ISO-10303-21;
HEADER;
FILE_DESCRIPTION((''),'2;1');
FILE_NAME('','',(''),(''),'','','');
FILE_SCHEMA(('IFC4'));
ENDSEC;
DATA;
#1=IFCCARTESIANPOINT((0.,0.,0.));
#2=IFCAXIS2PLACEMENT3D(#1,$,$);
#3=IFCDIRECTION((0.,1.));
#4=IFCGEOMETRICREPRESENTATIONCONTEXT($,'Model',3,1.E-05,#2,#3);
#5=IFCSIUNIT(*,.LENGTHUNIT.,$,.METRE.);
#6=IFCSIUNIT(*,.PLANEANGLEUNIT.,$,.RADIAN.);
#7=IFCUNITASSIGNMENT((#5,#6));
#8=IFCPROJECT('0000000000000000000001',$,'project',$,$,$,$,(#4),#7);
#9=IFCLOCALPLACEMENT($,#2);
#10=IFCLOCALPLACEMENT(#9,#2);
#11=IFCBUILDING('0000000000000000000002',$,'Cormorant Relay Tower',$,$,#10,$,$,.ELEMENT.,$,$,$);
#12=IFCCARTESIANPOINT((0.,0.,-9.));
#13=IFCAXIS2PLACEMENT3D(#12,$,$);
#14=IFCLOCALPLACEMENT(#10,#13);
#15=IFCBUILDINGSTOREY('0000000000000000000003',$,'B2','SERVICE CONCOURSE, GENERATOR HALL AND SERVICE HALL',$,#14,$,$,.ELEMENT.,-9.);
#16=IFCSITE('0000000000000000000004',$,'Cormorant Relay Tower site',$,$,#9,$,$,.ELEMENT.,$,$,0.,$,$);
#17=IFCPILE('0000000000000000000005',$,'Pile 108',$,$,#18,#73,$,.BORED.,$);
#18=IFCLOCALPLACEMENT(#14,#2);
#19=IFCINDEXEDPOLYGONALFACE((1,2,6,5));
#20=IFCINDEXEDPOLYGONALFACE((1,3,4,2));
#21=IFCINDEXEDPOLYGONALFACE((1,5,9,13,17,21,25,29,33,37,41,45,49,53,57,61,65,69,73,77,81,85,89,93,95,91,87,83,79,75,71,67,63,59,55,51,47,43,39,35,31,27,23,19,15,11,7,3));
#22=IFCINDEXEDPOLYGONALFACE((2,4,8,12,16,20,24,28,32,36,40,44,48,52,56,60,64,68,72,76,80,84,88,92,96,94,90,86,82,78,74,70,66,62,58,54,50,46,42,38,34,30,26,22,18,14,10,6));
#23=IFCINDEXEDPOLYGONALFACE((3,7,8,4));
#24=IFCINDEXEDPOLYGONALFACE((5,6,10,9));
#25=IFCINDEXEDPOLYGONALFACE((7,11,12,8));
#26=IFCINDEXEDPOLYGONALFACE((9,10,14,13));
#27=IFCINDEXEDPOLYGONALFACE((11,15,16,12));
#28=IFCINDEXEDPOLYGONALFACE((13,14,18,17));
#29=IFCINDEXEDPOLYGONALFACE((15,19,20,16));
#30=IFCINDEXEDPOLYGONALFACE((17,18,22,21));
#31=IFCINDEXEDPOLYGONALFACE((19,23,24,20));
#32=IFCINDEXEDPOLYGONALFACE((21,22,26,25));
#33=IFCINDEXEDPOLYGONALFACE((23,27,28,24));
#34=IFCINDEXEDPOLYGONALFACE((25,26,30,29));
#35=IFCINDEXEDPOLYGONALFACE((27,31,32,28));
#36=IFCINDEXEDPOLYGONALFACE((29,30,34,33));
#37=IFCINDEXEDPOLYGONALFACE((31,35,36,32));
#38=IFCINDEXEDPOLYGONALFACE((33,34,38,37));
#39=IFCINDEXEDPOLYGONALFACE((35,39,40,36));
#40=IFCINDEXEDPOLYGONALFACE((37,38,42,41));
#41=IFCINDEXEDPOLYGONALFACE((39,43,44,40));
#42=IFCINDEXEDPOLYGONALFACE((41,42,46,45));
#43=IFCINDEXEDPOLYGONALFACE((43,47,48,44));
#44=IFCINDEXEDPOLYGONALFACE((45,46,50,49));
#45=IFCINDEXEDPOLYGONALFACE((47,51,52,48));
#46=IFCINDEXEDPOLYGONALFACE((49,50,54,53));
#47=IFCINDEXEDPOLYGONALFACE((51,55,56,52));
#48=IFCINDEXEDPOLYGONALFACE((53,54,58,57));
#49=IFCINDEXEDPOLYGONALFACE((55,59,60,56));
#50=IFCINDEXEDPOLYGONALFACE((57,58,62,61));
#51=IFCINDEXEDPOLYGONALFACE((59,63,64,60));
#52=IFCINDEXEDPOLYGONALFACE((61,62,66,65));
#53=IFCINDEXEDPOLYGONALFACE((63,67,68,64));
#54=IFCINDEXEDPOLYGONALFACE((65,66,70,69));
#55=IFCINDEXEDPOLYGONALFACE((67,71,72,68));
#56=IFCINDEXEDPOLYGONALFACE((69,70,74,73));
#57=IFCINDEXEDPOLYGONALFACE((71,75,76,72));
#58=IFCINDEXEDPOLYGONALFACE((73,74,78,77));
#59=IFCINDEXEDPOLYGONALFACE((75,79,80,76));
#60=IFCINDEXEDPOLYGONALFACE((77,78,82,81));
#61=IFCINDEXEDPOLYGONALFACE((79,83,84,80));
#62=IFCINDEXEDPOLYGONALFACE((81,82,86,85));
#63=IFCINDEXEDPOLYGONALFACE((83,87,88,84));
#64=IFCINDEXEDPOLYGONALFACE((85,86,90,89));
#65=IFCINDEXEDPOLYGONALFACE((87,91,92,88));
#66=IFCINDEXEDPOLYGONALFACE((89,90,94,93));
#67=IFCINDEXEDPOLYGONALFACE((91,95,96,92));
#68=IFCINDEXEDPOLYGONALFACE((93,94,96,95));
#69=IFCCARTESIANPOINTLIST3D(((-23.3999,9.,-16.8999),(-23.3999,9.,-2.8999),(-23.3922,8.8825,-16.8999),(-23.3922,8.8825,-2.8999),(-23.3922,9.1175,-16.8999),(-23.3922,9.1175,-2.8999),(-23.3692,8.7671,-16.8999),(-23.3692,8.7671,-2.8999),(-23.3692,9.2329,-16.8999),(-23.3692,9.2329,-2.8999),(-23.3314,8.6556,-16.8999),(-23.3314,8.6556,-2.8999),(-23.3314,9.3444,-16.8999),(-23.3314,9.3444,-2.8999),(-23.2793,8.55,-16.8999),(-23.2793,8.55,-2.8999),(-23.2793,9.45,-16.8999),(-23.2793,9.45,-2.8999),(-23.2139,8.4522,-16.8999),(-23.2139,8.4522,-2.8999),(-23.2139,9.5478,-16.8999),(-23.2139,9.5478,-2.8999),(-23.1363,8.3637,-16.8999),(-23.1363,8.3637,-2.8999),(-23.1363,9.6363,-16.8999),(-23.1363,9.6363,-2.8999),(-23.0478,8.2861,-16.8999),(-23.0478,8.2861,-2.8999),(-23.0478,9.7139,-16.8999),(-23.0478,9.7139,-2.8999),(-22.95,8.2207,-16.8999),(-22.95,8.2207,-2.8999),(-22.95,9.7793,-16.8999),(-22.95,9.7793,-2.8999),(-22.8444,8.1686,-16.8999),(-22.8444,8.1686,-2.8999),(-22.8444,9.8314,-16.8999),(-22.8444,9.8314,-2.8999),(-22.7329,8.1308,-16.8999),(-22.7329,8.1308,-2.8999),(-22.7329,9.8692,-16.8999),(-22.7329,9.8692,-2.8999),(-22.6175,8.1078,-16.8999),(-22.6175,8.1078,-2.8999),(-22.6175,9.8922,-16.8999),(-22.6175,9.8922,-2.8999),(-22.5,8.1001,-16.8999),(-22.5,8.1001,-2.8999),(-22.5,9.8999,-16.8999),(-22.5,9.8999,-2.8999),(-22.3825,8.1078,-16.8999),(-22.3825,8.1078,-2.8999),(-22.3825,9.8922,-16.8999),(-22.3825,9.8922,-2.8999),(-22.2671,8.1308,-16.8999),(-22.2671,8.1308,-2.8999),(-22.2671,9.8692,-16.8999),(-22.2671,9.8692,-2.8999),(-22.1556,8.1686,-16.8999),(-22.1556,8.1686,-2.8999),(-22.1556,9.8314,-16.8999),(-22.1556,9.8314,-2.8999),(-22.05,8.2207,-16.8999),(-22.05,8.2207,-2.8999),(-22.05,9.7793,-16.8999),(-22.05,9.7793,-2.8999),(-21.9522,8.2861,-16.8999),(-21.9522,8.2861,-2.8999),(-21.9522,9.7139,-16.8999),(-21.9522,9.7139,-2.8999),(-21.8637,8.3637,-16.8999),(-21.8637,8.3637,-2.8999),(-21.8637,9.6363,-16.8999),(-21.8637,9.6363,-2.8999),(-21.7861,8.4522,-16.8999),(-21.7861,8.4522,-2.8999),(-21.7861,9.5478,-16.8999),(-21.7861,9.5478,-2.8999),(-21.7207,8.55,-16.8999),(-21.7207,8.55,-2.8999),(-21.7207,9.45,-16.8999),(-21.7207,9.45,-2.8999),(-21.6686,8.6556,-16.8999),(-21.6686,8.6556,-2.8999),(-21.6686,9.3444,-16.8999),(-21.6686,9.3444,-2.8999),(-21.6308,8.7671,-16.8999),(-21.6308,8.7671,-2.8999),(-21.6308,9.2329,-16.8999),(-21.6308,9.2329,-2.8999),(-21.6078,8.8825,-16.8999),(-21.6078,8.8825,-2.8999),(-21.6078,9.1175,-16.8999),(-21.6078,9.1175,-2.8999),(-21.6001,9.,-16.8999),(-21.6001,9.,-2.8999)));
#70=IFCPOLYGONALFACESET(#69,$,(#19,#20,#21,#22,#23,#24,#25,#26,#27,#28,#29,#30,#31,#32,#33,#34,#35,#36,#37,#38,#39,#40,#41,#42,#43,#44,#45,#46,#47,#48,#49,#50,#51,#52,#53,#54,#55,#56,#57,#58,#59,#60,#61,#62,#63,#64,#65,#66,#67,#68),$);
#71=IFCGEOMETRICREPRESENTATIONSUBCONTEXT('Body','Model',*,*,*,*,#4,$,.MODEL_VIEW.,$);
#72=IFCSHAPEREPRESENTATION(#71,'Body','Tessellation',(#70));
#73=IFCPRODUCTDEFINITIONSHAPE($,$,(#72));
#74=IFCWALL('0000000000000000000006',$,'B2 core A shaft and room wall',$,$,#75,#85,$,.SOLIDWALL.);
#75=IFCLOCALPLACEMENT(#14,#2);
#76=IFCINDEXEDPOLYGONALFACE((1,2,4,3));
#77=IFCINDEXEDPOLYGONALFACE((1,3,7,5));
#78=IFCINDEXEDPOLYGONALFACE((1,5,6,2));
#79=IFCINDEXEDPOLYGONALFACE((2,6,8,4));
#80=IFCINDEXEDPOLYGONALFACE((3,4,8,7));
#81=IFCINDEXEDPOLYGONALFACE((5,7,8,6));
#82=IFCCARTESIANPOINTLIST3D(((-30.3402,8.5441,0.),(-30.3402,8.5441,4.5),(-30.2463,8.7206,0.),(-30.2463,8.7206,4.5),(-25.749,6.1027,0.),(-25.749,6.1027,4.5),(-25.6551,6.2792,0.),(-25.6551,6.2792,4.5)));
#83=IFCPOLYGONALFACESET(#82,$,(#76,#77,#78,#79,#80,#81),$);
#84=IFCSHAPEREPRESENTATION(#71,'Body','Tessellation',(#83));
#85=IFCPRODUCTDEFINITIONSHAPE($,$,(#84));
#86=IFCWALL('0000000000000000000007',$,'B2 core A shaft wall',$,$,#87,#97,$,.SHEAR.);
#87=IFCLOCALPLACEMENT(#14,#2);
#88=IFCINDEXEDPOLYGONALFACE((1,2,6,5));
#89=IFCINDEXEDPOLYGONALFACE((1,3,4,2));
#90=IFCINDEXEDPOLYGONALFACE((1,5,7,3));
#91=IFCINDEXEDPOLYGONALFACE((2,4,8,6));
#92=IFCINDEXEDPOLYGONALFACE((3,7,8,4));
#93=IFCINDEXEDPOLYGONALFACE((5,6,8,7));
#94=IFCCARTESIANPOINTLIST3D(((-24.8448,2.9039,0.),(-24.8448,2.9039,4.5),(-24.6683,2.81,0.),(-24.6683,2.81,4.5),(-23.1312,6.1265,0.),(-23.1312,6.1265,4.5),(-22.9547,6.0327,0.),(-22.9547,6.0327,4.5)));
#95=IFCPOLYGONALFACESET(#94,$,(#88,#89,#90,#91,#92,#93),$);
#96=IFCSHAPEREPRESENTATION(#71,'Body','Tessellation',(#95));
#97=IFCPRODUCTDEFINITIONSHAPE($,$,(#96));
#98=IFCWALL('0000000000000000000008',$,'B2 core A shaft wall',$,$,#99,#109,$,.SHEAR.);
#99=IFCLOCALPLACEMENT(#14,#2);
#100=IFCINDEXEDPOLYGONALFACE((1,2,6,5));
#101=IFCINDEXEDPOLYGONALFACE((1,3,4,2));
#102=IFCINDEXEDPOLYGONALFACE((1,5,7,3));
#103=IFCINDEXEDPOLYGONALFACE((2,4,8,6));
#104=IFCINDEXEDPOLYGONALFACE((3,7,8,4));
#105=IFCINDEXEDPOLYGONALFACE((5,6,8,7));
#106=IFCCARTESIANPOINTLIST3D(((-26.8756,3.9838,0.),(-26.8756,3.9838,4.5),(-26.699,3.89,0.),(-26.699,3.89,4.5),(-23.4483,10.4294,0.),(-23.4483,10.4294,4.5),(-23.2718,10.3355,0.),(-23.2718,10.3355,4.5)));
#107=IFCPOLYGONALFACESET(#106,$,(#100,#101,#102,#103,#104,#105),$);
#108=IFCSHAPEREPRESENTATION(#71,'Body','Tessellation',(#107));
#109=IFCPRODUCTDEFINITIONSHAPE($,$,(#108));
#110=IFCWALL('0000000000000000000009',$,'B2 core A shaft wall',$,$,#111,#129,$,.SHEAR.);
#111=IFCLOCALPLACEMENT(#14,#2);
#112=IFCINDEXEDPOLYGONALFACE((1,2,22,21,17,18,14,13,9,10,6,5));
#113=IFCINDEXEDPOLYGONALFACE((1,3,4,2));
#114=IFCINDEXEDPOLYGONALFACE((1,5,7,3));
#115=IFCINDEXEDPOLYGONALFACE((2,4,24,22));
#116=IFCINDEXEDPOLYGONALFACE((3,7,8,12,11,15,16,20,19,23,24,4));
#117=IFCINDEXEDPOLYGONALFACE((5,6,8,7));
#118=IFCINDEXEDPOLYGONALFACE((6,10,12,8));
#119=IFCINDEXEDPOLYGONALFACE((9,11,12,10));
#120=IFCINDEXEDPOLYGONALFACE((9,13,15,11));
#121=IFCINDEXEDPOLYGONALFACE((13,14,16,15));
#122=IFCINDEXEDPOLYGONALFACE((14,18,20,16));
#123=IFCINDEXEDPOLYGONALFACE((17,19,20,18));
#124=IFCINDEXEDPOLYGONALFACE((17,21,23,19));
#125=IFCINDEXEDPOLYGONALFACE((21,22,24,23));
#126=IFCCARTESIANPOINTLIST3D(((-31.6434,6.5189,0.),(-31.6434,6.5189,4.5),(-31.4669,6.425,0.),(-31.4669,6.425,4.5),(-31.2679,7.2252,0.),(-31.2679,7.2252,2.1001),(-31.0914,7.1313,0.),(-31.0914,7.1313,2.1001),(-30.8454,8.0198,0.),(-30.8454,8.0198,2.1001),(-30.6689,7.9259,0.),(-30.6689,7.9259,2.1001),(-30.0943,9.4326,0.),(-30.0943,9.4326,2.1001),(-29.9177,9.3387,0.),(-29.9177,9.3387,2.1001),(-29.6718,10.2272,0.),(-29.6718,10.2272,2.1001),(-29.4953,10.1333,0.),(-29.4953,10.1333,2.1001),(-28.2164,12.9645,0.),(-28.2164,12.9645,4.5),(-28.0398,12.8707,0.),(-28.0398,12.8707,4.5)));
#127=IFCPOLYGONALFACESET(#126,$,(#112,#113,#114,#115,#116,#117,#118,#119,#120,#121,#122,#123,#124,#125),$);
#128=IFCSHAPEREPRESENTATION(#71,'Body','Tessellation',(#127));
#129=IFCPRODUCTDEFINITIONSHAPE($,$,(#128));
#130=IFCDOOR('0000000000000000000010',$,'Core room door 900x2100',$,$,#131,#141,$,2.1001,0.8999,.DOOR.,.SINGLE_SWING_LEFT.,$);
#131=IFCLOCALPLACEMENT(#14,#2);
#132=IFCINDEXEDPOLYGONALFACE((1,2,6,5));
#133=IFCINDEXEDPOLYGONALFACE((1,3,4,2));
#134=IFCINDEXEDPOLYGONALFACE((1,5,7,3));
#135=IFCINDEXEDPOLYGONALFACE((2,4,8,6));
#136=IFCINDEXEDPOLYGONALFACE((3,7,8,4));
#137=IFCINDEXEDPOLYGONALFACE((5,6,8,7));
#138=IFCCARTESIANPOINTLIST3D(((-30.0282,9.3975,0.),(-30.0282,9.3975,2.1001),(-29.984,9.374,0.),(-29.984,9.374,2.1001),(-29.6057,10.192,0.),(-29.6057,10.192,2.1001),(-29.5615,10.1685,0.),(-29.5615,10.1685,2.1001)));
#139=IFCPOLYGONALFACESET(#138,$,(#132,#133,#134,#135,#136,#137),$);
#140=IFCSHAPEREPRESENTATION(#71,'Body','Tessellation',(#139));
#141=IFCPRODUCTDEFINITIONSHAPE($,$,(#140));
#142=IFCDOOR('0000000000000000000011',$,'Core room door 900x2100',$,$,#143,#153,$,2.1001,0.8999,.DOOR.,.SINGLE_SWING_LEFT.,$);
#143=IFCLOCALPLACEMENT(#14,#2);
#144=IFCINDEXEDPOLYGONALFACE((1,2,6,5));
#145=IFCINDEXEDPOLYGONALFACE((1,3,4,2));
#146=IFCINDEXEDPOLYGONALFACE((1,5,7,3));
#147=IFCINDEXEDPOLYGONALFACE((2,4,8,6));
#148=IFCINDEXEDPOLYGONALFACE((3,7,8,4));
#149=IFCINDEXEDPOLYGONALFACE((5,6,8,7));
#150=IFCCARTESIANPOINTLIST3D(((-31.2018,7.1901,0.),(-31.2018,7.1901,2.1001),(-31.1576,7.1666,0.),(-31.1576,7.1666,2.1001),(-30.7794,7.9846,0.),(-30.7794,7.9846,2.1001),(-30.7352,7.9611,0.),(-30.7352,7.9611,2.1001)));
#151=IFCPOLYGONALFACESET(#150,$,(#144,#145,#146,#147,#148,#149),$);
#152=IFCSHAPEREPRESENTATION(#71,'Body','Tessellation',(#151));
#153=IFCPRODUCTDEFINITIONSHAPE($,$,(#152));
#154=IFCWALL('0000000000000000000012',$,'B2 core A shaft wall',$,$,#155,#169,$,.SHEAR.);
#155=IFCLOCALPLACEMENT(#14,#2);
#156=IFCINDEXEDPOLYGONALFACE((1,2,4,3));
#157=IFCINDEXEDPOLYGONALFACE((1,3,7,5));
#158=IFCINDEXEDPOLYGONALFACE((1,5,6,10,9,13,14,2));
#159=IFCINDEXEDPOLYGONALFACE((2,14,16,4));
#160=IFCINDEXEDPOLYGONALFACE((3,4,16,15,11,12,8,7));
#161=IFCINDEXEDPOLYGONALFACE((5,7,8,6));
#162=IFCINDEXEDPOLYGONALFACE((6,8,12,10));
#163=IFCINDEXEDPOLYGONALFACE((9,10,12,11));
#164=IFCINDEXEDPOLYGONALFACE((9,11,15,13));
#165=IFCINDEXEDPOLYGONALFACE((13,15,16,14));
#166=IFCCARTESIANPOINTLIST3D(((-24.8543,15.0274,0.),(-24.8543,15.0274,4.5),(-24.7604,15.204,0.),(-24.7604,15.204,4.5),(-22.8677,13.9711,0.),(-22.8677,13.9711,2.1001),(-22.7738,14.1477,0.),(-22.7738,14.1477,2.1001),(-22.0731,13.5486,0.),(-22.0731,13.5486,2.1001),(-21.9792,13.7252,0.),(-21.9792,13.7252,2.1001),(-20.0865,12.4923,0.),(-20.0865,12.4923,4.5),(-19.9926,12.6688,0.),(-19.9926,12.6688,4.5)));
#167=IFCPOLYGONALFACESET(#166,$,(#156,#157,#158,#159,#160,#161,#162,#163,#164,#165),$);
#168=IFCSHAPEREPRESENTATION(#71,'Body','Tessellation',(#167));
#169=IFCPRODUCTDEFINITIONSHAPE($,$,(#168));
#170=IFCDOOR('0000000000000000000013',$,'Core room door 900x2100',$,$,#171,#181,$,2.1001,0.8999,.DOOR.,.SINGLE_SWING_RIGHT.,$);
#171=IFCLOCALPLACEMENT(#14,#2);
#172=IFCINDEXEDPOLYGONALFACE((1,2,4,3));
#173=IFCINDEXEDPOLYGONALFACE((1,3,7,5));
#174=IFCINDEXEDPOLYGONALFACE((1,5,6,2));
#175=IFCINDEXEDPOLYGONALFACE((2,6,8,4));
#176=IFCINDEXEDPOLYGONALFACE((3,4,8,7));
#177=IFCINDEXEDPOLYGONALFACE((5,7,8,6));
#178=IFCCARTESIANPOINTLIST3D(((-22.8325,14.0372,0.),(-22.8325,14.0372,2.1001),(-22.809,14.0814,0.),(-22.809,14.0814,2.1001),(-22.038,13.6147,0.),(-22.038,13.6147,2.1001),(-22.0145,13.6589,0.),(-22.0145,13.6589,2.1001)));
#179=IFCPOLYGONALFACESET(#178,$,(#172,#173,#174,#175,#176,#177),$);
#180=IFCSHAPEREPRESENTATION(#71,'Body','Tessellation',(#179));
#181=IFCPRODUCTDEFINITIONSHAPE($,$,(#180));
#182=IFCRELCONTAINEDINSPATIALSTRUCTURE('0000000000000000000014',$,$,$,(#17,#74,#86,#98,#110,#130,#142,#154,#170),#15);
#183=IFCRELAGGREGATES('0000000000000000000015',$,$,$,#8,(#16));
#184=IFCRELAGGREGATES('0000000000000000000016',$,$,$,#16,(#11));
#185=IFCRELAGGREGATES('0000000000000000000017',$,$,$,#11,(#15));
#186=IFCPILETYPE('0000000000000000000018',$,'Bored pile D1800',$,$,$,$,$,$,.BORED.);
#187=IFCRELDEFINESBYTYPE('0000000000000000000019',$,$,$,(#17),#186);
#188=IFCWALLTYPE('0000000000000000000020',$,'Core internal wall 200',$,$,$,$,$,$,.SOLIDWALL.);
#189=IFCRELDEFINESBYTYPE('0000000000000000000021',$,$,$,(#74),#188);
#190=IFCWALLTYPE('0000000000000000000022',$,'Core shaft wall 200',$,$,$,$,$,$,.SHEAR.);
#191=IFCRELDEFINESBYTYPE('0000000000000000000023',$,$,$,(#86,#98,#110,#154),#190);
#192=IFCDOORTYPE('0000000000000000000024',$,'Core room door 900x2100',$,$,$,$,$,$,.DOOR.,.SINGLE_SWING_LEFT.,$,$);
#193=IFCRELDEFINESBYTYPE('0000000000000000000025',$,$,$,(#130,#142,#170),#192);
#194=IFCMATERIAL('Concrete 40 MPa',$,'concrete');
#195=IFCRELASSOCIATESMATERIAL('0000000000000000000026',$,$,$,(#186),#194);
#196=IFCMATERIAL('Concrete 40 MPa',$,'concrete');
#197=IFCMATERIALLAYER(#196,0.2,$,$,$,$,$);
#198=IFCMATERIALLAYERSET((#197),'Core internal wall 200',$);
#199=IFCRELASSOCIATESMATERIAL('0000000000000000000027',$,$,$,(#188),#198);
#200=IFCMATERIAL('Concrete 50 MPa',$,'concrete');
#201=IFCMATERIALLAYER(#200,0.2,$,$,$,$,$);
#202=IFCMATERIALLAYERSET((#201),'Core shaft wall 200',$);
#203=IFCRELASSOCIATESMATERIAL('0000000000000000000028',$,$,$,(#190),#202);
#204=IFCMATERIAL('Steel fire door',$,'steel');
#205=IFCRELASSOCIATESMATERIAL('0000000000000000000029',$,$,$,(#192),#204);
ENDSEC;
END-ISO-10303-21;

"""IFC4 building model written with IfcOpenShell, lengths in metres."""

from ifc_helpers import new_model, si_unit, direction, frame, frame_2d, origin, origin_2d, place, context, subcontext, project, spatial, rectangle, circle, extrude, material, layer, layer_set, material_profile, profile_set, type_object, element, fill, save


model = new_model("IFC4")

# Units and contexts
model_context = context("Model", 3, precision=1e-05, world=origin(), true_north=direction((0.0, 1.0)))
body_context = subcontext(model_context, "Body", "Model", "MODEL_VIEW")
ifc_project = project(units=[si_unit("LENGTHUNIT", "METRE"), si_unit("PLANEANGLEUNIT", "RADIAN")], contexts=[model_context])

# Site, building, storey
site_placement = place(None, origin())
site = spatial("IfcSite", under=ifc_project, at=site_placement, Name="Cormorant Relay Tower site", CompositionType="ELEMENT", RefElevation=0.0)
building_placement = place(site_placement, origin())
building = spatial("IfcBuilding", under=site, at=building_placement, Name="Cormorant Relay Tower", CompositionType="ELEMENT")
storey_placement = place(building_placement, frame((0.0, 0.0, -9.0)))
storey = spatial("IfcBuildingStorey", under=building, at=storey_placement, Name="B2", Description="SERVICE CONCOURSE, GENERATOR HALL AND SERVICE HALL", CompositionType="ELEMENT", Elevation=-9.0)

# Pile
ifc_material_1 = material(Name="Concrete 40 MPa", Category="concrete")
ifc_material_profile = material_profile(ifc_material_1, circle(Radius=0.8999, at=origin_2d()), Name="BP1800")
ifc_profile_set = profile_set([ifc_material_profile], Name="Concrete 40 MPa")
pile_type = type_object("IfcPileType", Name="Bored pile D1800", PredefinedType="BORED", material=ifc_profile_set)
for number, where, z_axis, x_axis, name in (
    (1, (-22.5, 9.0, -2.8999), (0.0, 0.0, -1.0), (1.0, 0.0, 0.0), "Pile 108"),
):
    element("IfcPile", number, at=place(storey_placement, frame(where, z_axis=z_axis, x_axis=x_axis)), inside=storey, type_object=pile_type, Name=name, PredefinedType="BORED", context=body_context, shape_type="SweptSolid", body=[
        extrude(circle(Radius=0.8999, at=origin_2d()), origin(), (0.0, 0.0, 1.0), 14.0),
    ])

# Walls
ifc_material_2 = material(Name="Concrete 40 MPa", Category="concrete")
ifc_layer_1 = layer(ifc_material_2, 0.2)
ifc_layer_set_1 = layer_set([ifc_layer_1], Name="Core internal wall 200")
wall_type_1 = type_object("IfcWallType", Name="Core internal wall 200", PredefinedType="SOLIDWALL", material=ifc_layer_set_1)
wall_1_placement = place(storey_placement, frame((-25.7019, 6.1909, 0.0), z_axis=(0.0, 0.0, 1.0), x_axis=(-0.882935, 0.469496, 0.0)))
element("IfcWall", 2, at=wall_1_placement, inside=storey, type_object=wall_type_1, Name="B2 core A shaft and room wall", PredefinedType="SOLIDWALL", context=body_context, shape_type="SweptSolid", body=[
    extrude(rectangle(XDim=5.2, YDim=0.2, at=frame_2d((2.6001, 0.0))), origin(), (0.0, 0.0, 1.0), 4.5),
])
ifc_material_3 = material(Name="Concrete 50 MPa", Category="concrete")
ifc_layer_2 = layer(ifc_material_3, 0.2)
ifc_layer_set_2 = layer_set([ifc_layer_2], Name="Core shaft wall 200")
wall_type_2 = type_object("IfcWallType", Name="Core shaft wall 200", PredefinedType="SHEAR", material=ifc_layer_set_2)
wall_2_placement = place(storey_placement, frame((-23.043, 6.0796, 0.0), z_axis=(0.0, 0.0, 1.0), x_axis=(-0.469494, -0.882936, 0.0)))
element("IfcWall", 3, at=wall_2_placement, inside=storey, type_object=wall_type_2, Name="B2 core A shaft wall", PredefinedType="SHEAR", context=body_context, shape_type="SweptSolid", body=[
    extrude(rectangle(XDim=3.6499, YDim=0.2, at=frame_2d((1.825, 0.0))), origin(), (0.0, 0.0, 1.0), 4.5),
])
wall_3_placement = place(storey_placement, frame((-23.3601, 10.3823, 0.0), z_axis=(0.0, 0.0, 1.0), x_axis=(-0.46948, -0.882943, 0.0)))
element("IfcWall", 4, at=wall_3_placement, inside=storey, type_object=wall_type_2, Name="B2 core A shaft wall", PredefinedType="SHEAR", context=body_context, shape_type="SweptSolid", body=[
    extrude(rectangle(XDim=7.3, YDim=0.2, at=frame_2d((3.6499, 0.0))), origin(), (0.0, 0.0, 1.0), 4.5),
])

# Wall, openings, doors
wall_4_placement = place(storey_placement, frame((-28.1282, 12.9175, 0.0), z_axis=(0.0, 0.0, 1.0), x_axis=(-0.469454, -0.882957, 0.0)))
wall_4 = element("IfcWall", 5, at=wall_4_placement, inside=storey, type_object=wall_type_2, Name="B2 core A shaft wall", PredefinedType="SHEAR", context=body_context, shape_type="SweptSolid", body=[
    extrude(rectangle(XDim=7.3, YDim=0.2, at=frame_2d((3.6499, 0.0))), origin(), (0.0, 0.0, 1.0), 4.5),
])
opening_1_placement = place(wall_4_placement, frame((3.1001, 0.0, 0.0)))
opening_1 = element("IfcOpeningElement", 6, at=opening_1_placement, cuts=wall_4, PredefinedType="OPENING", context=body_context, shape_type="SweptSolid", body=[
    extrude(rectangle(XDim=0.8999, YDim=2.1001, at=frame_2d((0.45, 1.05))), frame((0.0, 0.1099, 0.0), z_axis=(0.0, -1.0, 0.0), x_axis=(1.0, 0.0, 0.0)), (0.0, 0.0, 1.0), 0.22),
])
opening_2_placement = place(wall_4_placement, frame((5.6001, 0.0, 0.0)))
opening_2 = element("IfcOpeningElement", 7, at=opening_2_placement, cuts=wall_4, PredefinedType="OPENING", context=body_context, shape_type="SweptSolid", body=[
    extrude(rectangle(XDim=0.8999, YDim=2.1001, at=frame_2d((0.45, 1.05))), frame((0.0, 0.1099, 0.0), z_axis=(0.0, -1.0, 0.0), x_axis=(1.0, 0.0, 0.0)), (0.0, 0.0, 1.0), 0.22),
])
ifc_material_4 = material(Name="Steel fire door", Category="steel")
door_type_1 = type_object("IfcDoorType", Name="Core room door 900x2100", OperationType="SINGLE_SWING_LEFT", PredefinedType="DOOR", material=ifc_material_4)
door_1_placement = place(opening_1_placement, origin())
door_1 = element("IfcDoor", 8, at=door_1_placement, inside=storey, type_object=door_type_1, Name="Core room door 900x2100", OperationType="SINGLE_SWING_LEFT", OverallHeight=2.1001, OverallWidth=0.8999, PredefinedType="DOOR", context=body_context, shape_type="SweptSolid", body=[
    extrude(rectangle(XDim=0.8999, YDim=2.1001, at=frame_2d((0.45, 1.05))), frame((0.0, 0.0249, 0.0), z_axis=(0.0, -1.0, 0.0), x_axis=(1.0, 0.0, 0.0)), (0.0, 0.0, 1.0), 0.05),
])
fill(opening_1, door_1)
door_2_placement = place(opening_2_placement, origin())
door_2 = element("IfcDoor", 9, at=door_2_placement, inside=storey, type_object=door_type_1, Name="Core room door 900x2100", OperationType="SINGLE_SWING_LEFT", OverallHeight=2.1001, OverallWidth=0.8999, PredefinedType="DOOR", context=body_context, shape_type="SweptSolid", body=[
    extrude(rectangle(XDim=0.8999, YDim=2.1001, at=frame_2d((0.45, 1.05))), frame((0.0, 0.0249, 0.0), z_axis=(0.0, -1.0, 0.0), x_axis=(1.0, 0.0, 0.0)), (0.0, 0.0, 1.0), 0.05),
])
fill(opening_2, door_2)

# Wall, opening, door
wall_5_placement = place(storey_placement, frame((-20.0396, 12.5806, 0.0), z_axis=(0.0, 0.0, 1.0), x_axis=(-0.882943, 0.46948, 0.0)))
wall_5 = element("IfcWall", 10, at=wall_5_placement, inside=storey, type_object=wall_type_2, Name="B2 core A shaft wall", PredefinedType="SHEAR", context=body_context, shape_type="SweptSolid", body=[
    extrude(rectangle(XDim=5.3999, YDim=0.2, at=frame_2d((2.7, 0.0))), origin(), (0.0, 0.0, 1.0), 4.5),
])
opening_3_placement = place(wall_5_placement, frame((2.25, 0.0, 0.0)))
opening_3 = element("IfcOpeningElement", 11, at=opening_3_placement, cuts=wall_5, PredefinedType="OPENING", context=body_context, shape_type="SweptSolid", body=[
    extrude(rectangle(XDim=0.8999, YDim=2.1001, at=frame_2d((0.45, 1.05))), frame((0.0, 0.1099, 0.0), z_axis=(0.0, -1.0, 0.0), x_axis=(1.0, 0.0, 0.0)), (0.0, 0.0, 1.0), 0.22),
])
door_3_placement = place(opening_3_placement, frame((0.8999, 0.0, 0.0), z_axis=(0.0, 0.0, 1.0), x_axis=(-1.0, 0.0, 0.0)))
door_3 = element("IfcDoor", 12, at=door_3_placement, inside=storey, type_object=door_type_1, Name="Core room door 900x2100", OperationType="SINGLE_SWING_RIGHT", OverallHeight=2.1001, OverallWidth=0.8999, PredefinedType="DOOR", context=body_context, shape_type="SweptSolid", body=[
    extrude(rectangle(XDim=0.8999, YDim=2.1001, at=frame_2d((0.45, 1.05))), frame((0.0, 0.0249, 0.0), z_axis=(0.0, -1.0, 0.0), x_axis=(1.0, 0.0, 0.0)), (0.0, 0.0, 1.0), 0.05),
])
fill(opening_3, door_3)

save(model, "model.ifc")
